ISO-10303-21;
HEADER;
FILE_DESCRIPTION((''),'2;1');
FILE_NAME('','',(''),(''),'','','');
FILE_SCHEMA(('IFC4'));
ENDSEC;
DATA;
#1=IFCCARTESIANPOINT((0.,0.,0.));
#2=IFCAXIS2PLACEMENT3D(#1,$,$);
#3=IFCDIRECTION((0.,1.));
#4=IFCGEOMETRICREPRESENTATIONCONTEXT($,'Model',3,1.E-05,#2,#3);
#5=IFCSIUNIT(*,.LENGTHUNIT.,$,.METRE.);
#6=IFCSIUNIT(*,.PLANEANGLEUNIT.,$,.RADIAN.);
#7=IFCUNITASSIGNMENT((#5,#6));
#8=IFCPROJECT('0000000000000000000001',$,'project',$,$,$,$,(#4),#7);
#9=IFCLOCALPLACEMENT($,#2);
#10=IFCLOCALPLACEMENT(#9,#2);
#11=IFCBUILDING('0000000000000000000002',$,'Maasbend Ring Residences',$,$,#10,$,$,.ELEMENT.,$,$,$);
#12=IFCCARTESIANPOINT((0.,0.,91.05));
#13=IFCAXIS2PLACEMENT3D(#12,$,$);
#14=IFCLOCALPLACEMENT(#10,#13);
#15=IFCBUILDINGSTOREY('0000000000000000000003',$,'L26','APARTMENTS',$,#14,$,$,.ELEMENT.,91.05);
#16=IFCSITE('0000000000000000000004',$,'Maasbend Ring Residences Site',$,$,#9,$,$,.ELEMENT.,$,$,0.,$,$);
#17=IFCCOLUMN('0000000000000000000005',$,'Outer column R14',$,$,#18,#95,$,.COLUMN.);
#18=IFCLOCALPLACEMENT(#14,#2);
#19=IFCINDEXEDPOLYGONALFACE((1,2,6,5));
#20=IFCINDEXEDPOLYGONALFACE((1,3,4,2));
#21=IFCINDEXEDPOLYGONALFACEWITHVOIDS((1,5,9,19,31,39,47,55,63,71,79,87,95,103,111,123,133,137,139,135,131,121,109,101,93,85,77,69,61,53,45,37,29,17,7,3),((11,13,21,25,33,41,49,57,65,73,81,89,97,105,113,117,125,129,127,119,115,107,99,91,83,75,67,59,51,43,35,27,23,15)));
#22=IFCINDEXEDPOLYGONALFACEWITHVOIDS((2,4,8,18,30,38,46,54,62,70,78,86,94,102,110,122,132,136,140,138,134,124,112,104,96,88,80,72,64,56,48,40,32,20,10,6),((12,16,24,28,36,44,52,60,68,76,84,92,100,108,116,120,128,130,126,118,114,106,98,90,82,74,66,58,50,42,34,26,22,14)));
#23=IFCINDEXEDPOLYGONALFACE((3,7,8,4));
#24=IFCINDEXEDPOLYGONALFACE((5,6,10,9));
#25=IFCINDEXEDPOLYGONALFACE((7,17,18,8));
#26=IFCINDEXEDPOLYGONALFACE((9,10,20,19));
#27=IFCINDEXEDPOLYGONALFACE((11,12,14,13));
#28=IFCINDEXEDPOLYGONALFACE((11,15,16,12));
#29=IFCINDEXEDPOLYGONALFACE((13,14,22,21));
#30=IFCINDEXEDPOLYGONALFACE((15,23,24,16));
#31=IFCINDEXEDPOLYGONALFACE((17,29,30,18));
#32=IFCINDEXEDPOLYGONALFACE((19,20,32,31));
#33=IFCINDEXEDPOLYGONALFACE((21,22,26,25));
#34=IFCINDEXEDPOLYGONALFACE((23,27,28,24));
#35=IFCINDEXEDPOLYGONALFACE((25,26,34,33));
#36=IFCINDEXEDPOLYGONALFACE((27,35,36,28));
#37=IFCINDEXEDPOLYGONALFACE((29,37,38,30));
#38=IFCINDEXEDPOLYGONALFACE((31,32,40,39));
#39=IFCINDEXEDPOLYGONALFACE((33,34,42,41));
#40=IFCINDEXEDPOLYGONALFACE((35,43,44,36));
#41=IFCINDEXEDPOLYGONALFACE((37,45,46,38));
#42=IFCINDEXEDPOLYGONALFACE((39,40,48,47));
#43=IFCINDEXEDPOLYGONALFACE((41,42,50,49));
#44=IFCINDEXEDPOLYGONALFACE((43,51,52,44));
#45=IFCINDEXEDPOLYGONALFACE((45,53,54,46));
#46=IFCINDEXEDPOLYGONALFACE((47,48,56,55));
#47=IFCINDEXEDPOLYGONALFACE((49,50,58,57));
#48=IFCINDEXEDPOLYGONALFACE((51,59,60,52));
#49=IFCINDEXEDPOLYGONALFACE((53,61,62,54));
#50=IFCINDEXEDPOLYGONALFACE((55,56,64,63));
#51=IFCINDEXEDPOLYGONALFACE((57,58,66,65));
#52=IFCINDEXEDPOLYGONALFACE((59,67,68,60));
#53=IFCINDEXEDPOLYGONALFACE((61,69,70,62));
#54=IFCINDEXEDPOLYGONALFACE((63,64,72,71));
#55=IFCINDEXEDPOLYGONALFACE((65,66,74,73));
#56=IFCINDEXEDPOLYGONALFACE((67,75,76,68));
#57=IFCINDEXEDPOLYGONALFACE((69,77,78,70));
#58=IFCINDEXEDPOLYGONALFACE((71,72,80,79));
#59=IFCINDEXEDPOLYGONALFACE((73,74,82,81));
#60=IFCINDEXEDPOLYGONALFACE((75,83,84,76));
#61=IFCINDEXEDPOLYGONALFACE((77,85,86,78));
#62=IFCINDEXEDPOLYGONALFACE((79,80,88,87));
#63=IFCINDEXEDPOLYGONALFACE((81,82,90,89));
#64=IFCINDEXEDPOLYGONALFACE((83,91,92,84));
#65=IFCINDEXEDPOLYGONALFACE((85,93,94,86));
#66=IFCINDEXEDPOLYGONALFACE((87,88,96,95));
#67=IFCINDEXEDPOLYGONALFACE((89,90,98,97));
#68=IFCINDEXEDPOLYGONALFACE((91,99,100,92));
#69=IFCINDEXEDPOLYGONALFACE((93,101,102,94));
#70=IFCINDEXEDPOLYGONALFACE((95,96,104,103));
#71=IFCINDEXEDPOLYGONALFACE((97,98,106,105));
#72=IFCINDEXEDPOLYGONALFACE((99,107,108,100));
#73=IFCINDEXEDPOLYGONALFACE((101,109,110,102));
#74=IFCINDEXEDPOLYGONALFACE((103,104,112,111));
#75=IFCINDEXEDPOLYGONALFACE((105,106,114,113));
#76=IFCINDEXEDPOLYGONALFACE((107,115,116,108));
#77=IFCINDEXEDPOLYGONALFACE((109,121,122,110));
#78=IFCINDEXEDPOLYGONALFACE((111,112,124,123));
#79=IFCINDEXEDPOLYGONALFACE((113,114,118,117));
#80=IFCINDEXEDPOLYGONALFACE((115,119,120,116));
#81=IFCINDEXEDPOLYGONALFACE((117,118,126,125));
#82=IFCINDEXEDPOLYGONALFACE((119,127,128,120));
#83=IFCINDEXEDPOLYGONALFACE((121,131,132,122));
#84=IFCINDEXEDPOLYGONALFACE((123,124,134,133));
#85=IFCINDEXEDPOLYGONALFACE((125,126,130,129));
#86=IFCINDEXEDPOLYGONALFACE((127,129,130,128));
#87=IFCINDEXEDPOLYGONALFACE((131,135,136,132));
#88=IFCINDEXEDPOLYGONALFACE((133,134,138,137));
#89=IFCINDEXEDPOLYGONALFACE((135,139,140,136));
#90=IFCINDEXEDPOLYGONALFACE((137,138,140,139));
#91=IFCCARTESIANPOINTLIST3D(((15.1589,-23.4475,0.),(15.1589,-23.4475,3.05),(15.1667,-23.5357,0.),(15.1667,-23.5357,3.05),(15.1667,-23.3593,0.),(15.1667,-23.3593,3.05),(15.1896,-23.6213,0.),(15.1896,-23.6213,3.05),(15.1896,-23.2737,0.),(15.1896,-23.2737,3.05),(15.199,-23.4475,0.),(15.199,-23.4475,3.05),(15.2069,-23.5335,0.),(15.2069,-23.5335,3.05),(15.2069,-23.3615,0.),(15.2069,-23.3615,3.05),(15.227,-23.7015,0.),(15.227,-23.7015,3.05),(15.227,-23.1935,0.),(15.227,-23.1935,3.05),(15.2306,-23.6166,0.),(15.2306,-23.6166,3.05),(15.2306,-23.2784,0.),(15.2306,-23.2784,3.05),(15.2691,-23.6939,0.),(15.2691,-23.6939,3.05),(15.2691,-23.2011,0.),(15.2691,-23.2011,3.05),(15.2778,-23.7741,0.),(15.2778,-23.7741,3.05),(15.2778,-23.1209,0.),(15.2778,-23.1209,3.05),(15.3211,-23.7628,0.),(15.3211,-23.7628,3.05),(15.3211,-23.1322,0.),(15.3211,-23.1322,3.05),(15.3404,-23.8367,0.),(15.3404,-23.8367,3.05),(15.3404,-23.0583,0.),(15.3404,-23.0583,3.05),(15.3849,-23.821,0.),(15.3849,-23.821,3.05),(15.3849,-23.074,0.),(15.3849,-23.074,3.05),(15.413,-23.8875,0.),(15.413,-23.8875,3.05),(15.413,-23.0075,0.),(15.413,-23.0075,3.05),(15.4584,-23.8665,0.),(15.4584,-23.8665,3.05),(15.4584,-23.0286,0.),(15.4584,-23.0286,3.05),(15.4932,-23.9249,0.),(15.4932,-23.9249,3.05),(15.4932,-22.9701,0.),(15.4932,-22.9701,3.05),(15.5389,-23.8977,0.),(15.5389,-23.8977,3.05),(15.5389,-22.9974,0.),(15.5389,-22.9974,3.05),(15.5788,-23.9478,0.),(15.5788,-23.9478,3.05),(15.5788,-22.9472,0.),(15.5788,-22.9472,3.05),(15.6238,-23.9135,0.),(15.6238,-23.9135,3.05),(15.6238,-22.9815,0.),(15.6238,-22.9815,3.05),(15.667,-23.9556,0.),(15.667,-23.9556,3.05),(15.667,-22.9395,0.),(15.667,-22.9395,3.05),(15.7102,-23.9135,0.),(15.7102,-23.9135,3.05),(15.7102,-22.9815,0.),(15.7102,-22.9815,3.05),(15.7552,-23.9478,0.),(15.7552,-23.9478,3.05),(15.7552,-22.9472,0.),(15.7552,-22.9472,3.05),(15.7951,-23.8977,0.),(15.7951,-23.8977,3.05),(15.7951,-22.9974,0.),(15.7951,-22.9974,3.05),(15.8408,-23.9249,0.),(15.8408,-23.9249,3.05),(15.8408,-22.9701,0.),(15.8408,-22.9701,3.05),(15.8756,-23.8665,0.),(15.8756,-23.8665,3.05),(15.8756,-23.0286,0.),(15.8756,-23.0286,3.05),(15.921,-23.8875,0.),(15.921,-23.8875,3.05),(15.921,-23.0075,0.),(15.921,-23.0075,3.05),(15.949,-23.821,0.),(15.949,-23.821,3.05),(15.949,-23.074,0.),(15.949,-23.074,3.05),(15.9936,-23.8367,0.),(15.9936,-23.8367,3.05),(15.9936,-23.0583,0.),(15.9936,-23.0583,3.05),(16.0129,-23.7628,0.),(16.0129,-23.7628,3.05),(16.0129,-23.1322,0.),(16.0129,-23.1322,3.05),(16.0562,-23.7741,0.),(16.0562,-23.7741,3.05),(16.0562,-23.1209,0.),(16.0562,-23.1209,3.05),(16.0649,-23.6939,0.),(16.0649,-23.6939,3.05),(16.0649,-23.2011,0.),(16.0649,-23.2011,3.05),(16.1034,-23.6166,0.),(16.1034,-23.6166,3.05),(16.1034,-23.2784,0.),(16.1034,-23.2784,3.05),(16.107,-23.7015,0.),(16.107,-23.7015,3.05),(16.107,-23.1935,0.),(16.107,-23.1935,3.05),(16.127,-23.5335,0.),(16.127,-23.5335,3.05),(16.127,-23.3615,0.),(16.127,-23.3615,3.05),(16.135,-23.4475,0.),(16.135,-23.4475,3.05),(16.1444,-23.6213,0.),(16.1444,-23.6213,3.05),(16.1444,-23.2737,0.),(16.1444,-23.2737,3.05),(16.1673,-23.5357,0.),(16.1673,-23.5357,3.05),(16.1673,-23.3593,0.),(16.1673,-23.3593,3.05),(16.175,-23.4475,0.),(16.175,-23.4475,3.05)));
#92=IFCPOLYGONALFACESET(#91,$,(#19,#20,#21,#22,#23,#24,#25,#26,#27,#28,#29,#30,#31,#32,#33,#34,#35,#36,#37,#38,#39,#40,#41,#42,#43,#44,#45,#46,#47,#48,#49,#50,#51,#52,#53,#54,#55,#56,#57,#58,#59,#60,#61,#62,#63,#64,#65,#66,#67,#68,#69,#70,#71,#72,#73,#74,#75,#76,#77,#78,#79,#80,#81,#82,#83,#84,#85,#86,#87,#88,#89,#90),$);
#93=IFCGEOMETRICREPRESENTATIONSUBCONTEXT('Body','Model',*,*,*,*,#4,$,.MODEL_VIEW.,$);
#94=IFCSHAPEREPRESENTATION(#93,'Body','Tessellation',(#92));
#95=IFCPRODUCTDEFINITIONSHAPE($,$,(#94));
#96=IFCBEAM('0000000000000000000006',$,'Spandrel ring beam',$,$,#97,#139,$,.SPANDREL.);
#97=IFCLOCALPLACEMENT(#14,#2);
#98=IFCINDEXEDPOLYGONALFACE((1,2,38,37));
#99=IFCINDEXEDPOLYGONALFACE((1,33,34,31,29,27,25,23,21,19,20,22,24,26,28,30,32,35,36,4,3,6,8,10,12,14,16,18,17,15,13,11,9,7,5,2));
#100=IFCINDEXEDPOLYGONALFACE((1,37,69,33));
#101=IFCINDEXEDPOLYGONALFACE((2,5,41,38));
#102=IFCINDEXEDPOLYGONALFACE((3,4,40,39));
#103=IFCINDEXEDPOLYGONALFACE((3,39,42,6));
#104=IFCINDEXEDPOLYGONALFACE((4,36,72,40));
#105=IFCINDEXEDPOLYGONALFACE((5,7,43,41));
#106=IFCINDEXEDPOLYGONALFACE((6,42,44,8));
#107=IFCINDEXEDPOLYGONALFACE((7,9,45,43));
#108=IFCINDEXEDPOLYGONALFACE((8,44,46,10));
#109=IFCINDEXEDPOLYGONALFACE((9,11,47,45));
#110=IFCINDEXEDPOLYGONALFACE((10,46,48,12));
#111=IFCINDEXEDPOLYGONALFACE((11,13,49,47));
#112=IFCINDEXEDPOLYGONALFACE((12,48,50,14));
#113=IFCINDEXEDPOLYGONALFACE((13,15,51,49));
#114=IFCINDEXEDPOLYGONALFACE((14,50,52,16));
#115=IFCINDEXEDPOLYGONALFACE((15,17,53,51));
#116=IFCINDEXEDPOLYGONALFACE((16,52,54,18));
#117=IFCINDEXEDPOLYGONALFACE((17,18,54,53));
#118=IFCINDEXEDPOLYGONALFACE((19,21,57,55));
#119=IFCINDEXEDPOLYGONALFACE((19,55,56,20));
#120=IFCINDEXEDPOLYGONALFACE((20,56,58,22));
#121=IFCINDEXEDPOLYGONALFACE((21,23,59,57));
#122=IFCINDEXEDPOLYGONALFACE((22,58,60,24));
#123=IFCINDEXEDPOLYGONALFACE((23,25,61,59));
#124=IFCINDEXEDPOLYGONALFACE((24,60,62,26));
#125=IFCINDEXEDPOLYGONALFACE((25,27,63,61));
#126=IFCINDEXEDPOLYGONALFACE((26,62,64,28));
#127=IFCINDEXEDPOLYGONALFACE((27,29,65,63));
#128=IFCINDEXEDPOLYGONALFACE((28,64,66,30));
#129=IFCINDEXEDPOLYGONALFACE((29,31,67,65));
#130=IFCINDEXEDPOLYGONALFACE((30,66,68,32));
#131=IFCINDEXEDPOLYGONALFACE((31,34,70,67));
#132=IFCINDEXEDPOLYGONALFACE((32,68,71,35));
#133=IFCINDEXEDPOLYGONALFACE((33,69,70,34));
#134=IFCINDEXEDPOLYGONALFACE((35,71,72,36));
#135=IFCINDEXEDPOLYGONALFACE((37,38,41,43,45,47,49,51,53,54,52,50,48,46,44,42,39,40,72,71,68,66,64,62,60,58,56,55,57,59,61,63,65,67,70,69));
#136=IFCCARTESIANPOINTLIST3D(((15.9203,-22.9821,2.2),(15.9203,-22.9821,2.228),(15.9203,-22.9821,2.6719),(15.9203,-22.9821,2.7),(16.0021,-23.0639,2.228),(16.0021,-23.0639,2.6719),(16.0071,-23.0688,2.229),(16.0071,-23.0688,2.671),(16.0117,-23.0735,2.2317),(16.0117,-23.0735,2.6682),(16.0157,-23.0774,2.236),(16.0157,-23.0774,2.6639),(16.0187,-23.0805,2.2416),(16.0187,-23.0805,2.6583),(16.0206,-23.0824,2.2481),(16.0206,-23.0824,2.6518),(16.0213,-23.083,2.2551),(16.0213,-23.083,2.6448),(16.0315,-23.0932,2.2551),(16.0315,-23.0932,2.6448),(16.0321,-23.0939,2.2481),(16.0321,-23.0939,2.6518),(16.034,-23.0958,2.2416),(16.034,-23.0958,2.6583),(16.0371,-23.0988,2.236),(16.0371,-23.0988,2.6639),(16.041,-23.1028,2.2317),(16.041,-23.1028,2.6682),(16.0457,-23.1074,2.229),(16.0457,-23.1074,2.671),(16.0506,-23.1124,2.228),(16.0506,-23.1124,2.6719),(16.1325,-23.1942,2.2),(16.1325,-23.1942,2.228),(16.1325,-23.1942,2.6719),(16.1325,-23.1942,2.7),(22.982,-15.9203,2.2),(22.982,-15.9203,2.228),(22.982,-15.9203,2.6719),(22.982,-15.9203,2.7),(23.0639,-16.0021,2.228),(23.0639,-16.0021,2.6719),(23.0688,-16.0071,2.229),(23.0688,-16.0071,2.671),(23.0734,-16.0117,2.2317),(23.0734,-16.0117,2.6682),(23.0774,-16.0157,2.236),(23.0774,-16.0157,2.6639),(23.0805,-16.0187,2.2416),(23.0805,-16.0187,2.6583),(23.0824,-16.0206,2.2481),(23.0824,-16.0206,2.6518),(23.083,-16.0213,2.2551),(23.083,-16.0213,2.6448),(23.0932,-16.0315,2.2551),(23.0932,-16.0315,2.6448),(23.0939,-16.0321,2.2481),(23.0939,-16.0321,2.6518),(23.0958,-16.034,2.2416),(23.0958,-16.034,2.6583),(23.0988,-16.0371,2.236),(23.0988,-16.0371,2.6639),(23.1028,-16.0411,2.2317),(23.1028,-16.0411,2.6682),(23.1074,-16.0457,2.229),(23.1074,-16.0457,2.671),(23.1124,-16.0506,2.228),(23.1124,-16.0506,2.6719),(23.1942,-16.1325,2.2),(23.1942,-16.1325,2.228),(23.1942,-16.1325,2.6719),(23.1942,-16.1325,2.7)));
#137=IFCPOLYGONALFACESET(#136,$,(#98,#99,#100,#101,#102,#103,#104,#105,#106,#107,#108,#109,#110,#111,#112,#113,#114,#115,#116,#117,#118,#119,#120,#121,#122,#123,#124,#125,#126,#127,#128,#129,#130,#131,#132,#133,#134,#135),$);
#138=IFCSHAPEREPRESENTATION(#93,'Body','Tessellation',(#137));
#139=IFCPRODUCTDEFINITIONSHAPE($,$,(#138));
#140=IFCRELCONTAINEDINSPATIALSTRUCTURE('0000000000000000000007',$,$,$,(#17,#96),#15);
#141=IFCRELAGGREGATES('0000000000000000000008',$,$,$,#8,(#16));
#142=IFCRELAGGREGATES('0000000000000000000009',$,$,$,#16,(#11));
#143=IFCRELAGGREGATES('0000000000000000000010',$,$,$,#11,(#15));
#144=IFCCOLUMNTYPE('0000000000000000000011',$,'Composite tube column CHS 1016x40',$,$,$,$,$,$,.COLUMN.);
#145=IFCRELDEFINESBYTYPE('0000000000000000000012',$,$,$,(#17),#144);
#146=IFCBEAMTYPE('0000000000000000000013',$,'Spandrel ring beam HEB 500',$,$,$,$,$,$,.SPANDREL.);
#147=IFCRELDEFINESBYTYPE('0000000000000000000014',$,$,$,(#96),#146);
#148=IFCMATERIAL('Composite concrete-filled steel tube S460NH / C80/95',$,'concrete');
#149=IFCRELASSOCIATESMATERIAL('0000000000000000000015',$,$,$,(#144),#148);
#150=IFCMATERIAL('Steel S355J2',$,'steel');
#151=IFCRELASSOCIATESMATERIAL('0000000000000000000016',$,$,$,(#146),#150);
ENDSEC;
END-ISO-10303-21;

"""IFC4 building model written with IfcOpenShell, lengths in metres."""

from ifc_helpers import new_model, si_unit, direction, frame, origin, origin_2d, place, context, subcontext, project, spatial, hollow_circle, i_section, extrude, material, material_profile, profile_set, type_object, element, save


model = new_model("IFC4")

# Units and contexts
model_context = context("Model", 3, precision=1e-05, world=origin(), true_north=direction((0.0, 1.0)))
body_context = subcontext(model_context, "Body", "Model", "MODEL_VIEW")
ifc_project = project(units=[si_unit("LENGTHUNIT", "METRE"), si_unit("PLANEANGLEUNIT", "RADIAN")], contexts=[model_context])

# Site, building, storey
site_placement = place(None, origin())
site = spatial("IfcSite", under=ifc_project, at=site_placement, Name="Maasbend Ring Residences Site", CompositionType="ELEMENT", RefElevation=0.0)
building_placement = place(site_placement, origin())
building = spatial("IfcBuilding", under=site, at=building_placement, Name="Maasbend Ring Residences", CompositionType="ELEMENT")
storey_placement = place(building_placement, frame((0.0, 0.0, 91.05)))
storey = spatial("IfcBuildingStorey", under=building, at=storey_placement, Name="L26", Description="APARTMENTS", CompositionType="ELEMENT", Elevation=91.05)

# Column
ifc_material_1 = material(Name="Composite concrete-filled steel tube S460NH / C80/95", Category="concrete")
ifc_material_profile_1 = material_profile(ifc_material_1, hollow_circle(Radius=0.5081, WallThickness=0.04, at=origin_2d()), Name="Composite tube column CHS 1016x40")
ifc_profile_set_1 = profile_set([ifc_material_profile_1], Name="Composite concrete-filled steel tube S460NH / C80/95")
column_type = type_object("IfcColumnType", Name="Composite tube column CHS 1016x40", PredefinedType="COLUMN", material=ifc_profile_set_1)
column_placement = place(storey_placement, frame((15.667, -23.4475, 0.0), z_axis=(0.0, 0.0, 1.0), x_axis=(1.0, 0.0, 0.0)))
element("IfcColumn", 1, at=column_placement, inside=storey, type_object=column_type, Name="Outer column R14", PredefinedType="COLUMN", context=body_context, shape_type="SweptSolid", body=[
    extrude(hollow_circle(Radius=0.5081, WallThickness=0.04, at=origin_2d()), origin(), (0.0, 0.0, 1.0), 3.05),
])

# Beam
ifc_material_2 = material(Name="Steel S355J2", Category="steel")
ifc_material_profile_2 = material_profile(ifc_material_2, i_section(OverallWidth=0.3, OverallDepth=0.5, WebThickness=0.0144, FlangeThickness=0.0281, FilletRadius=0.0271, at=origin_2d()), Name="HEB 500")
ifc_profile_set_2 = profile_set([ifc_material_profile_2], Name="Steel S355J2")
beam_type = type_object("IfcBeamType", Name="Spandrel ring beam HEB 500", PredefinedType="SPANDREL", material=ifc_profile_set_2)
beam_placement = place(storey_placement, frame((16.0264, -23.0881, 2.45), z_axis=(0.707107, 0.707107, 0.0), x_axis=(-0.707107, 0.707107, 0.0)))
element("IfcBeam", 2, at=beam_placement, inside=storey, type_object=beam_type, Name="Spandrel ring beam", PredefinedType="SPANDREL", context=body_context, shape_type="SweptSolid", body=[
    extrude(i_section(OverallWidth=0.3, OverallDepth=0.5, WebThickness=0.0144, FlangeThickness=0.0281, FilletRadius=0.0271, at=origin_2d()), origin(), (0.0, 0.0, 1.0), 9.9868),
])

save(model, "model.ifc")
